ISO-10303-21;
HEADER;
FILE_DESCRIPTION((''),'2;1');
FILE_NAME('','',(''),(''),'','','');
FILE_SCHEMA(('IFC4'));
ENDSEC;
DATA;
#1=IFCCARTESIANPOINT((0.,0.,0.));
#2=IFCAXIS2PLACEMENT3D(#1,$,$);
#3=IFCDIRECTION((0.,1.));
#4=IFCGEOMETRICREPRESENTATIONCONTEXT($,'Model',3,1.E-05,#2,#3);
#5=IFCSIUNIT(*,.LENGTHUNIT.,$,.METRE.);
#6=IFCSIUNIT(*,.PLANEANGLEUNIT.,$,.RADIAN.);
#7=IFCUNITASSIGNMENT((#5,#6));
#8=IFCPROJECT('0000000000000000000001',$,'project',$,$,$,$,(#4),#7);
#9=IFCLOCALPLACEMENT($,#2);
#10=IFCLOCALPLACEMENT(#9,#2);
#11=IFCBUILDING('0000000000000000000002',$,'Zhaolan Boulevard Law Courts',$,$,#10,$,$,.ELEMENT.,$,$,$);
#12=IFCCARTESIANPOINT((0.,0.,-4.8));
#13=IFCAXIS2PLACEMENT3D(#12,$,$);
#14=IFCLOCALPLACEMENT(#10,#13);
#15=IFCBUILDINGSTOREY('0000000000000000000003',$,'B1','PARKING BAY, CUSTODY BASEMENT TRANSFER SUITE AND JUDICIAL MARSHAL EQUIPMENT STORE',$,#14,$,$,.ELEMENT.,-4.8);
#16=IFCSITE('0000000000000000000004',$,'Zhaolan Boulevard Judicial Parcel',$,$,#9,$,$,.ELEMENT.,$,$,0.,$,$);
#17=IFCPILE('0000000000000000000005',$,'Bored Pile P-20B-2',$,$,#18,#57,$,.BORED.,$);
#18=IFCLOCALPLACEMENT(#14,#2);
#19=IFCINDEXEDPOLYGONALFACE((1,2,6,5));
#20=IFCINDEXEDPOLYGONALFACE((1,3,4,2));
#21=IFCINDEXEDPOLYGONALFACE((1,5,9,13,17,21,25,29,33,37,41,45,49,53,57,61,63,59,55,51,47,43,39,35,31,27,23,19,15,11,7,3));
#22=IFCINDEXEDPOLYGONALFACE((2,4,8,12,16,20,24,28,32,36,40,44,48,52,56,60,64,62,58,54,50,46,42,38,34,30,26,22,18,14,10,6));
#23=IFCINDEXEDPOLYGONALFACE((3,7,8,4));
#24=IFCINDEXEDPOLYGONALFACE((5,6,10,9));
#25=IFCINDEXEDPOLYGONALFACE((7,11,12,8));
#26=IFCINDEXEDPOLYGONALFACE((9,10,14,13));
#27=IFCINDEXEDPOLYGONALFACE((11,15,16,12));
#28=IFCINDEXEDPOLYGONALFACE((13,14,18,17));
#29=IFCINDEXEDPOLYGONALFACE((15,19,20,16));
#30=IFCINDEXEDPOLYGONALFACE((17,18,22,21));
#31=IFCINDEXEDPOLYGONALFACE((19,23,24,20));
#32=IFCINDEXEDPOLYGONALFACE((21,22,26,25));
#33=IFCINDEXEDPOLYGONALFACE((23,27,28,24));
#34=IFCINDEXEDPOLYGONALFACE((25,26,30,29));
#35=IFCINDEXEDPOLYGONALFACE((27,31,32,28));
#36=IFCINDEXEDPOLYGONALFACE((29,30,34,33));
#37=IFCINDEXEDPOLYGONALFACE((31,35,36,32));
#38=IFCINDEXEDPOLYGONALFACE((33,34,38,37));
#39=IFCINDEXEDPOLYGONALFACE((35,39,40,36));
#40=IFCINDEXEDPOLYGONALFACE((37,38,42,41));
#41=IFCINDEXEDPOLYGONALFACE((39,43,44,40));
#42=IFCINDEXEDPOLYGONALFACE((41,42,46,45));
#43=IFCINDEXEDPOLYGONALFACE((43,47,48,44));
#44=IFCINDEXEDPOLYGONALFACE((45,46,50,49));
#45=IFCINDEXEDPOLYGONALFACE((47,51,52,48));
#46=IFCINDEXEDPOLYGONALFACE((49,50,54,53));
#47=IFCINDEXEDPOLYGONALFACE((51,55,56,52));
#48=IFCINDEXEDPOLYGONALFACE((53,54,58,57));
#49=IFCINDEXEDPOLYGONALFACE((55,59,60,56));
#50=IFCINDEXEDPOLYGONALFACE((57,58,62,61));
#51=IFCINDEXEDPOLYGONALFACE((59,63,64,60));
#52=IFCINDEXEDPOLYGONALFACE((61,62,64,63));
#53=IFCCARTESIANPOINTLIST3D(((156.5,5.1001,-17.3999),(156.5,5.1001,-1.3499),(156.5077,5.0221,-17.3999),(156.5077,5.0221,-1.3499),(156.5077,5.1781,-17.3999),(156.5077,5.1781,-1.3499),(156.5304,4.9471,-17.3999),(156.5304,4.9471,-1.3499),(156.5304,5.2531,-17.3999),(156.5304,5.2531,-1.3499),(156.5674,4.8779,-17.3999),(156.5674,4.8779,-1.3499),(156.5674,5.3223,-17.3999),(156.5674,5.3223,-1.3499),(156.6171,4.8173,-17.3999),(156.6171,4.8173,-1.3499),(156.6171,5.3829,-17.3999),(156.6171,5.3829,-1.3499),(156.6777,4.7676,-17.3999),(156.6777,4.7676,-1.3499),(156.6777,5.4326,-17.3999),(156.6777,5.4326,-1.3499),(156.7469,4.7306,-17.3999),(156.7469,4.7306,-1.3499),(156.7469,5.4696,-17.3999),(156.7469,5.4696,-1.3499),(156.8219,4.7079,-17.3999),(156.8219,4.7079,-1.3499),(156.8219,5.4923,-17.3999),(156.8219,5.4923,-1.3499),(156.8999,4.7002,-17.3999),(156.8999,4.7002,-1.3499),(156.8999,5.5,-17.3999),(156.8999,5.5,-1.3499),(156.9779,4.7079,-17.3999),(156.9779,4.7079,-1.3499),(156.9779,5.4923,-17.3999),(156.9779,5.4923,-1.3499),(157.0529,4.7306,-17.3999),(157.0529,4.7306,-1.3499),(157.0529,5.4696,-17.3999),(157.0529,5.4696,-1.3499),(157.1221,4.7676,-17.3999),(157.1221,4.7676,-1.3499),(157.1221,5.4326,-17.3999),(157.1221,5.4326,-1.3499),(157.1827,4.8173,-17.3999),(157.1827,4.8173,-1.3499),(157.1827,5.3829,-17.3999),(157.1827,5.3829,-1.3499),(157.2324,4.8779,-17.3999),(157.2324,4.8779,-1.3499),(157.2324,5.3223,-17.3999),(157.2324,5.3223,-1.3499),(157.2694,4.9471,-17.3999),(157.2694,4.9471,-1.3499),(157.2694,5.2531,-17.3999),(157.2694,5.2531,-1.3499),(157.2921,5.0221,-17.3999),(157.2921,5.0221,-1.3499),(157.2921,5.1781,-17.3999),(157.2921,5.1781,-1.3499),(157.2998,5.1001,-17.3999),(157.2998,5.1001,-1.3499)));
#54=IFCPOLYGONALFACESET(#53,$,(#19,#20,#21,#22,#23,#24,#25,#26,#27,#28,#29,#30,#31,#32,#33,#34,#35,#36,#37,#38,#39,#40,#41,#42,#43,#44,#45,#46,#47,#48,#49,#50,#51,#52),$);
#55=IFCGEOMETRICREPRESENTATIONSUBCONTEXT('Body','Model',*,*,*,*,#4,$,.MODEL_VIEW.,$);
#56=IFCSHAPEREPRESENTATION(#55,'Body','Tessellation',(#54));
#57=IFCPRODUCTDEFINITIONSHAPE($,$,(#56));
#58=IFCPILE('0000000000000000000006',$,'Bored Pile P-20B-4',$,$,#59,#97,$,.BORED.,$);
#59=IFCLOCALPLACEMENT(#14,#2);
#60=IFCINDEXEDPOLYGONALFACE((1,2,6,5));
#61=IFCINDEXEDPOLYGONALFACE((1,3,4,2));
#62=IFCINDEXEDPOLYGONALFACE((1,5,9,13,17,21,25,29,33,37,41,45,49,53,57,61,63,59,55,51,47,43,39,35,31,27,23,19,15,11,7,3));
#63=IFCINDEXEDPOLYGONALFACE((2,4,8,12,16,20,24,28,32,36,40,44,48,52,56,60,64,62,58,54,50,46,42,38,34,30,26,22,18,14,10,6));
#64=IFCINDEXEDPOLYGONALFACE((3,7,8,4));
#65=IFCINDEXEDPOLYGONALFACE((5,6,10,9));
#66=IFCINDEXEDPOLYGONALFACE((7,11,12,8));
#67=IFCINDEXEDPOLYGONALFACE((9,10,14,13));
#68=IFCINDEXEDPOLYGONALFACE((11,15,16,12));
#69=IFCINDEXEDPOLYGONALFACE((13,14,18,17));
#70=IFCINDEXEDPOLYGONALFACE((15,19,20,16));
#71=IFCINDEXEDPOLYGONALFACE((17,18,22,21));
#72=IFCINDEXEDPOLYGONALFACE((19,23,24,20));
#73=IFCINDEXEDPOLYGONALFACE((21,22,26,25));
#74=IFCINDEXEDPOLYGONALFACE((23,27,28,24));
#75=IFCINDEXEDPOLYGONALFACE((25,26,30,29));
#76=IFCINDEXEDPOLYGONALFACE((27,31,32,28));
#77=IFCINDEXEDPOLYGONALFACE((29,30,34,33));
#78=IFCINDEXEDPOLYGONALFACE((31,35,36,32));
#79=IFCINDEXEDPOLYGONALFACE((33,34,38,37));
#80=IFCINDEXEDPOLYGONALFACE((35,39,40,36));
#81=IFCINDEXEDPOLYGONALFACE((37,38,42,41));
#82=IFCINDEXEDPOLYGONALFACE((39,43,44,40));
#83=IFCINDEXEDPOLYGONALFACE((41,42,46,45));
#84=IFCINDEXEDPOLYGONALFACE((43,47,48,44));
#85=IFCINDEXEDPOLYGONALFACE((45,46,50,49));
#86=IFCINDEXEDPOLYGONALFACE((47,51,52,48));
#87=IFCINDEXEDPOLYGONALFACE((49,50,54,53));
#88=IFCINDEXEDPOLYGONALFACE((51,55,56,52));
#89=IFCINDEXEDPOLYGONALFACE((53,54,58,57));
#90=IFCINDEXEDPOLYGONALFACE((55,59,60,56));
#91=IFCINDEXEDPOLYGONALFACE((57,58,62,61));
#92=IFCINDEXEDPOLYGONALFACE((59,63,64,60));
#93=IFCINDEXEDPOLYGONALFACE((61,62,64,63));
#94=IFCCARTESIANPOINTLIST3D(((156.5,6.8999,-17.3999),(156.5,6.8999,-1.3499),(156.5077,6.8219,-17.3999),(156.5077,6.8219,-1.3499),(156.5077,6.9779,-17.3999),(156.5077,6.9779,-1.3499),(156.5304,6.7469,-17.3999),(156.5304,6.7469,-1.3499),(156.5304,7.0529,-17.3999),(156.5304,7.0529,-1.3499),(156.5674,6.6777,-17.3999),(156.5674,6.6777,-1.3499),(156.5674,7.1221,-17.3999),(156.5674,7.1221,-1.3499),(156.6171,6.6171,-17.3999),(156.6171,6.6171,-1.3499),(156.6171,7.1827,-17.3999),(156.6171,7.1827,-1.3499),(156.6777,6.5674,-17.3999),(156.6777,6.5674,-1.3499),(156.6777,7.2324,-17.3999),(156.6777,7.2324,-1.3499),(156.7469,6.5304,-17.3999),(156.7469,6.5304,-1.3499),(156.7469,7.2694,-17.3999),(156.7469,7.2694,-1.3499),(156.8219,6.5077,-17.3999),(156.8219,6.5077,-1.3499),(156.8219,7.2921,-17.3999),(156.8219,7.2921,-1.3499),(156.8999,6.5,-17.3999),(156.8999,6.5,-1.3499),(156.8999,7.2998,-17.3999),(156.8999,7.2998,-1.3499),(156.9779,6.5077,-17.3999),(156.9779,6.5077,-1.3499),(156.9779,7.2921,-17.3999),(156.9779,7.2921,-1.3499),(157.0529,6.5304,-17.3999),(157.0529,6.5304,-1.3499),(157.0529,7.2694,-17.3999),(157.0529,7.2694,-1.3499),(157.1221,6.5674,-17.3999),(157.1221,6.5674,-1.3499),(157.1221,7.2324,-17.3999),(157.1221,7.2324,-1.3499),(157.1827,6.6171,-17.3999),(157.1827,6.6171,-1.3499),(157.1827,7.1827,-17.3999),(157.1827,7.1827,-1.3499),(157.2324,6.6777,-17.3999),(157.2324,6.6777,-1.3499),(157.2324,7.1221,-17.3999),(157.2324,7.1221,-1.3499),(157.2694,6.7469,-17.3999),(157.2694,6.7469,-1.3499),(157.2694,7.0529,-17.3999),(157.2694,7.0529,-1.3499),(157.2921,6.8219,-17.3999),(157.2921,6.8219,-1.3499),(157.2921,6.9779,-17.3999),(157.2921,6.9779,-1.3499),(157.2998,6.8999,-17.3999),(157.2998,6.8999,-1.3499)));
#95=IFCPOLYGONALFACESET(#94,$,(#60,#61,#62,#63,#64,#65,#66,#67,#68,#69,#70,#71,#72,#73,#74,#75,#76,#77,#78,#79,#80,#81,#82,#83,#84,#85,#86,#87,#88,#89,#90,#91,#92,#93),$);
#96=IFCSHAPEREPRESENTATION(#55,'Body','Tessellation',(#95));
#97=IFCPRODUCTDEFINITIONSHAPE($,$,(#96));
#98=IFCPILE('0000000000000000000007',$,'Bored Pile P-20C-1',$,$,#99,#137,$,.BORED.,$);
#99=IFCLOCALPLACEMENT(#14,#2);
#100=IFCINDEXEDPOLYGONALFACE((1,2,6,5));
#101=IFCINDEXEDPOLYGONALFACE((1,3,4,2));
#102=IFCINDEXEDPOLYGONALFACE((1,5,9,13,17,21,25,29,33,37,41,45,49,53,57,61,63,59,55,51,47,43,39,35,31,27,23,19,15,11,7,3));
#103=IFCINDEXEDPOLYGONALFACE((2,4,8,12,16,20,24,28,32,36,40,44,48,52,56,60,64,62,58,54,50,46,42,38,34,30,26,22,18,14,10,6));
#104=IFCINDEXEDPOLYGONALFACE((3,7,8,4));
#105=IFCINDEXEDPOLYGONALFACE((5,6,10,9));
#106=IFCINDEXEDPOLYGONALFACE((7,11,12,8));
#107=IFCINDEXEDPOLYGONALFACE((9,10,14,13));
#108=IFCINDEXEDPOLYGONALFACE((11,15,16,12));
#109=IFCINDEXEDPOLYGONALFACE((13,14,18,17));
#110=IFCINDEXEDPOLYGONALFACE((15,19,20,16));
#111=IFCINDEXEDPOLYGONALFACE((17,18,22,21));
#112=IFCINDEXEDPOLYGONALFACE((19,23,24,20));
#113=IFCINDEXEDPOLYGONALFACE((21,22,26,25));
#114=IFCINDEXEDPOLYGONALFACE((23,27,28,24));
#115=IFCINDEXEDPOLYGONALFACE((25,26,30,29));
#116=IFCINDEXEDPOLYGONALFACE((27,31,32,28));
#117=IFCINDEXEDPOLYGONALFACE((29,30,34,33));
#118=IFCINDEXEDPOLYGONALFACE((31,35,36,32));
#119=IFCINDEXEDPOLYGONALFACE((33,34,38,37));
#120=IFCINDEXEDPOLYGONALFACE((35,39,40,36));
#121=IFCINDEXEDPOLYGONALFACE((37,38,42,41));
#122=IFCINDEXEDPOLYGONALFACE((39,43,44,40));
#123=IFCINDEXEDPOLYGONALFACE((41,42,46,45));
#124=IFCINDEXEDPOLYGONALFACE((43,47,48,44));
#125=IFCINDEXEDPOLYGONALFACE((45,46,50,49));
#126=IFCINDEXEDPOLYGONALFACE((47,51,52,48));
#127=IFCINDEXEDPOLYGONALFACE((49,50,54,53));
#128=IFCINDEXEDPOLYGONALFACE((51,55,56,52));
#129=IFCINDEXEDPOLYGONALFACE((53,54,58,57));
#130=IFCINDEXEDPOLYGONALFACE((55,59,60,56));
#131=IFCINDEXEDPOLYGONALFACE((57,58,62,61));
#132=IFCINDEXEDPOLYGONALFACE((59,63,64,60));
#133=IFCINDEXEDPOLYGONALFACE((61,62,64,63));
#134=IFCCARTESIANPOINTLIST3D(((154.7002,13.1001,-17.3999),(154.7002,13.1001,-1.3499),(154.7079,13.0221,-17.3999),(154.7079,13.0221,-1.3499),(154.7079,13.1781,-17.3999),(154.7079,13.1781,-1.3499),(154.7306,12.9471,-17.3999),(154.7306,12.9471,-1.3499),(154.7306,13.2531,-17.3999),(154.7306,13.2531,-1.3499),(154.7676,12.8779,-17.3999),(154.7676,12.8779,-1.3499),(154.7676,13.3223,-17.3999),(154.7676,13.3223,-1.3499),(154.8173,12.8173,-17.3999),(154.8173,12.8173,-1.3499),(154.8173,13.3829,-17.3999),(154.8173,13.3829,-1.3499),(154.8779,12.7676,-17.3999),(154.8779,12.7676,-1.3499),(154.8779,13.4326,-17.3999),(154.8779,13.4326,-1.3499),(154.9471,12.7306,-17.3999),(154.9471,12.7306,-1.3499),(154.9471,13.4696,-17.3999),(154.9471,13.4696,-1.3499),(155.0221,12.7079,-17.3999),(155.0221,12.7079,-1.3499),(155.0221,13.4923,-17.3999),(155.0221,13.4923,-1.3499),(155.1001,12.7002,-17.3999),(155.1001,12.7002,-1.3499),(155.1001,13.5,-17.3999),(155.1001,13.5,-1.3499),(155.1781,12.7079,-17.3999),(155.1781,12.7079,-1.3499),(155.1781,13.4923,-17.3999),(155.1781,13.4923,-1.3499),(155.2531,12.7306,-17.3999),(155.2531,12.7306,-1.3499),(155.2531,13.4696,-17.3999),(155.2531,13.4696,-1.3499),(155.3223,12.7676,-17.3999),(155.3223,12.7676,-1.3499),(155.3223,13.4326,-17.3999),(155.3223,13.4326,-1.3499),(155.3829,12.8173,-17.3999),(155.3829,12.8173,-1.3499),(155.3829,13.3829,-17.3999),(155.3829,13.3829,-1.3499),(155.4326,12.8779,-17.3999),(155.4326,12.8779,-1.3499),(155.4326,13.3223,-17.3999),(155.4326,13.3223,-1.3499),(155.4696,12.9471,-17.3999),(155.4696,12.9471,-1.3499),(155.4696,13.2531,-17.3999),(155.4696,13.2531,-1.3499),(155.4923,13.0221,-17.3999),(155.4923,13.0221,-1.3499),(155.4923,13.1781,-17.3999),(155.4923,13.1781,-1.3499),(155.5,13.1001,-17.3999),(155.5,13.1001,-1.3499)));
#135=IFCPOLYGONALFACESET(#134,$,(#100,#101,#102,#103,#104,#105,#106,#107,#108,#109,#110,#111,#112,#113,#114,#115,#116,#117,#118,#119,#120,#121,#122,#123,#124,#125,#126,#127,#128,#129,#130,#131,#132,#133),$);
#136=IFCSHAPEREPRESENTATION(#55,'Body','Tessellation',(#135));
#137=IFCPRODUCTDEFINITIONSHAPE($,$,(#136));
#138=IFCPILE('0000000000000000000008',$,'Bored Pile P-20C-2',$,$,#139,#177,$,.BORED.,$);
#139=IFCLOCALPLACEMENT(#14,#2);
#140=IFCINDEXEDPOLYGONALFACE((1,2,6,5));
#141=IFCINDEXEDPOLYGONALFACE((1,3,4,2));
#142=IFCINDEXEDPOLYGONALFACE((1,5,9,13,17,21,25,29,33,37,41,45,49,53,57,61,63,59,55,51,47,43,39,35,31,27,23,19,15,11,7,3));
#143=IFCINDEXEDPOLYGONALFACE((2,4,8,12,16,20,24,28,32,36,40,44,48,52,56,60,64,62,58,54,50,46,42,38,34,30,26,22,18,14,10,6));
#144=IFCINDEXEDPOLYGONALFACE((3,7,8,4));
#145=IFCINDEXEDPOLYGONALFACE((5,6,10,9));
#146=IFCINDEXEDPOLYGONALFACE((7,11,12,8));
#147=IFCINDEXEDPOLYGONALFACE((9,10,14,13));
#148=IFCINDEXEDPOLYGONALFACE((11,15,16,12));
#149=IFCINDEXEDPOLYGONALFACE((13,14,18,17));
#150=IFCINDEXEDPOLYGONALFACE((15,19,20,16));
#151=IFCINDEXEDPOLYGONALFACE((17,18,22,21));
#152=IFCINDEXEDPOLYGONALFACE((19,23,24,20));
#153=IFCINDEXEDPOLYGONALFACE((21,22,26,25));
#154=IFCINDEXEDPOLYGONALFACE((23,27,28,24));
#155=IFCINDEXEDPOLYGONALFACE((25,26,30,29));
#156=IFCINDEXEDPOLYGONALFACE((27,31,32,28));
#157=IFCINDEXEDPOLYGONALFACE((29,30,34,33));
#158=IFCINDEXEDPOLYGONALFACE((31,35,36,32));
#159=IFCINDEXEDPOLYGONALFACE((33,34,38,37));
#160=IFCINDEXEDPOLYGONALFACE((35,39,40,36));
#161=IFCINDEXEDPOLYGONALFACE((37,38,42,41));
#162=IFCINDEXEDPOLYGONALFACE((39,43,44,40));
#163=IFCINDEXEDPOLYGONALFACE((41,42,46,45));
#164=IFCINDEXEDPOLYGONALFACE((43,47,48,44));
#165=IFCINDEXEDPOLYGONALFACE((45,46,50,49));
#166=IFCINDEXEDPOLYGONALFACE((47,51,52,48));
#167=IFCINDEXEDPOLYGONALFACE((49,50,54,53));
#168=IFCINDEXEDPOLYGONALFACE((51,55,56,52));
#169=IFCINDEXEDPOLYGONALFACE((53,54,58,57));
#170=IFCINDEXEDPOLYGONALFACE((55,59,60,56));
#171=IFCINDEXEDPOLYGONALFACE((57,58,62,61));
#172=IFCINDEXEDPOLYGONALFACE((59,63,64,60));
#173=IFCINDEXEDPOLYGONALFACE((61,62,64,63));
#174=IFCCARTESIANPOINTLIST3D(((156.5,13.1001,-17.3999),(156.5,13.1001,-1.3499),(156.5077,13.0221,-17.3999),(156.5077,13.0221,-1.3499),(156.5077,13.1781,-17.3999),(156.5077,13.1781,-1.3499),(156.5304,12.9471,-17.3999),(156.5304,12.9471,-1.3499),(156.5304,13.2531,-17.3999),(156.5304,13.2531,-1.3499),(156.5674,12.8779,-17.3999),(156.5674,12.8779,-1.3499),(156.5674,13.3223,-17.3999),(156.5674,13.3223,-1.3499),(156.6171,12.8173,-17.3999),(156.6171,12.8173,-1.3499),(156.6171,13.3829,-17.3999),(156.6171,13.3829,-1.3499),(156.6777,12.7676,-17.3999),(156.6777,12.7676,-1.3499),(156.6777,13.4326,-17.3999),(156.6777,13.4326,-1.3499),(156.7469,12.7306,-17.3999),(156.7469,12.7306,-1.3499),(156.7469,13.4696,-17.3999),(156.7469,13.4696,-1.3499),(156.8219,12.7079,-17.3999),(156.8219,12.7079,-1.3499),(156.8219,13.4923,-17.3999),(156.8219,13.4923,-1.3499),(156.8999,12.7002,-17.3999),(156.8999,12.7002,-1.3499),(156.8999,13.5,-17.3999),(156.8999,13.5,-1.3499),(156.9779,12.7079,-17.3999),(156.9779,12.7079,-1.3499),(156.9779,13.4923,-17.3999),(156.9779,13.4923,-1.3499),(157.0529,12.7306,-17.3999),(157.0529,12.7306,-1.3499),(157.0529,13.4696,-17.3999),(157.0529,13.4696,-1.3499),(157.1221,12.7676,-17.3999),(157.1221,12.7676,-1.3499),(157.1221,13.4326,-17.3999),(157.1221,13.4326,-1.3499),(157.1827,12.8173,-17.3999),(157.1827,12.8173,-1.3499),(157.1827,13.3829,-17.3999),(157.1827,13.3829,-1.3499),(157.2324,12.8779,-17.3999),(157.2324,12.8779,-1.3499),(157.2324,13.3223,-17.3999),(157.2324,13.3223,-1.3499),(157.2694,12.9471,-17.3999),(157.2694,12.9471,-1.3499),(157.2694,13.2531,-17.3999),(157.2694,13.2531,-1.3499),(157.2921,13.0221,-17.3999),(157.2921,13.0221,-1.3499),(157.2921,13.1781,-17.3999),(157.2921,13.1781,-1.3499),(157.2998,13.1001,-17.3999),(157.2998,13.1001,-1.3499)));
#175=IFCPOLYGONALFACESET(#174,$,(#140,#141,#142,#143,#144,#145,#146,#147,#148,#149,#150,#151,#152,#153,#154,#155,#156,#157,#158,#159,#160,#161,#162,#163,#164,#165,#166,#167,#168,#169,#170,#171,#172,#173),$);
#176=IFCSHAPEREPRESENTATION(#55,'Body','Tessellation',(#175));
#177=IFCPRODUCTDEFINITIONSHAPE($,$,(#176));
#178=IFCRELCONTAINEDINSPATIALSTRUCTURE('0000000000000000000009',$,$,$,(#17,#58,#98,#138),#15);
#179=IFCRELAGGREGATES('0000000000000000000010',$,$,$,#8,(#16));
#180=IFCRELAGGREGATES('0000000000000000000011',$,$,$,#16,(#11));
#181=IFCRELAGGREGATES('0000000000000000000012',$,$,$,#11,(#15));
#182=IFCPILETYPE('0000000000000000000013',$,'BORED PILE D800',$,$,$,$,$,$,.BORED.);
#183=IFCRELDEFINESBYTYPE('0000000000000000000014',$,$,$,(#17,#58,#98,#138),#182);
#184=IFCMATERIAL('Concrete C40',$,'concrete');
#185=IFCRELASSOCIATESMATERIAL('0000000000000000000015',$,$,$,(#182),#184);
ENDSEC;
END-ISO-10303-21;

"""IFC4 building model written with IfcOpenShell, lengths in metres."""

from ifc_helpers import new_model, si_unit, direction, frame, origin, origin_2d, place, context, subcontext, project, spatial, circle, extrude, material, material_profile, profile_set, type_object, element, save


model = new_model("IFC4")

# Units and contexts
model_context = context("Model", 3, precision=1e-05, world=origin(), true_north=direction((0.0, 1.0)))
body_context = subcontext(model_context, "Body", "Model", "MODEL_VIEW")
ifc_project = project(units=[si_unit("LENGTHUNIT", "METRE"), si_unit("PLANEANGLEUNIT", "RADIAN")], contexts=[model_context])

# Site, building, storey
site_placement = place(None, origin())
site = spatial("IfcSite", under=ifc_project, at=site_placement, Name="Zhaolan Boulevard Judicial Parcel", CompositionType="ELEMENT", RefElevation=0.0)
building_placement = place(site_placement, origin())
building = spatial("IfcBuilding", under=site, at=building_placement, Name="Zhaolan Boulevard Law Courts", CompositionType="ELEMENT")
storey_placement = place(building_placement, frame((0.0, 0.0, -4.8)))
storey = spatial("IfcBuildingStorey", under=building, at=storey_placement, Name="B1", Description="PARKING BAY, CUSTODY BASEMENT TRANSFER SUITE AND JUDICIAL MARSHAL EQUIPMENT STORE", CompositionType="ELEMENT", Elevation=-4.8)

# Piles
ifc_material_1 = material(Name="Concrete C40", Category="concrete")
ifc_material_profile_1 = material_profile(ifc_material_1, circle(Radius=0.3999, at=origin_2d()), Name="PILE-D800")
ifc_profile_set_1 = profile_set([ifc_material_profile_1], Name="Concrete C40")
pile_type = type_object("IfcPileType", Name="BORED PILE D800", PredefinedType="BORED", material=ifc_profile_set_1)
for number, where, z_axis, x_axis, name in (
    (1, (156.8999, 5.1001, -1.3499), (0.0, 0.0, -1.0), (1.0, 0.0, 0.0), "Bored Pile P-20B-2"),
    (2, (156.8999, 6.8999, -1.3499), (0.0, 0.0, -1.0), (1.0, 0.0, 0.0), "Bored Pile P-20B-4"),
    (3, (155.1001, 13.1001, -1.3499), (0.0, 0.0, -1.0), (1.0, 0.0, 0.0), "Bored Pile P-20C-1"),
    (4, (156.8999, 13.1001, -1.3499), (0.0, 0.0, -1.0), (1.0, 0.0, 0.0), "Bored Pile P-20C-2"),
):
    element("IfcPile", number, at=place(storey_placement, frame(where, z_axis=z_axis, x_axis=x_axis)), inside=storey, type_object=pile_type, Name=name, PredefinedType="BORED", context=body_context, shape_type="SweptSolid", body=[
        extrude(circle(Radius=0.3999, at=origin_2d()), origin(), (0.0, 0.0, 1.0), 16.05),
    ])

save(model, "model.ifc")
